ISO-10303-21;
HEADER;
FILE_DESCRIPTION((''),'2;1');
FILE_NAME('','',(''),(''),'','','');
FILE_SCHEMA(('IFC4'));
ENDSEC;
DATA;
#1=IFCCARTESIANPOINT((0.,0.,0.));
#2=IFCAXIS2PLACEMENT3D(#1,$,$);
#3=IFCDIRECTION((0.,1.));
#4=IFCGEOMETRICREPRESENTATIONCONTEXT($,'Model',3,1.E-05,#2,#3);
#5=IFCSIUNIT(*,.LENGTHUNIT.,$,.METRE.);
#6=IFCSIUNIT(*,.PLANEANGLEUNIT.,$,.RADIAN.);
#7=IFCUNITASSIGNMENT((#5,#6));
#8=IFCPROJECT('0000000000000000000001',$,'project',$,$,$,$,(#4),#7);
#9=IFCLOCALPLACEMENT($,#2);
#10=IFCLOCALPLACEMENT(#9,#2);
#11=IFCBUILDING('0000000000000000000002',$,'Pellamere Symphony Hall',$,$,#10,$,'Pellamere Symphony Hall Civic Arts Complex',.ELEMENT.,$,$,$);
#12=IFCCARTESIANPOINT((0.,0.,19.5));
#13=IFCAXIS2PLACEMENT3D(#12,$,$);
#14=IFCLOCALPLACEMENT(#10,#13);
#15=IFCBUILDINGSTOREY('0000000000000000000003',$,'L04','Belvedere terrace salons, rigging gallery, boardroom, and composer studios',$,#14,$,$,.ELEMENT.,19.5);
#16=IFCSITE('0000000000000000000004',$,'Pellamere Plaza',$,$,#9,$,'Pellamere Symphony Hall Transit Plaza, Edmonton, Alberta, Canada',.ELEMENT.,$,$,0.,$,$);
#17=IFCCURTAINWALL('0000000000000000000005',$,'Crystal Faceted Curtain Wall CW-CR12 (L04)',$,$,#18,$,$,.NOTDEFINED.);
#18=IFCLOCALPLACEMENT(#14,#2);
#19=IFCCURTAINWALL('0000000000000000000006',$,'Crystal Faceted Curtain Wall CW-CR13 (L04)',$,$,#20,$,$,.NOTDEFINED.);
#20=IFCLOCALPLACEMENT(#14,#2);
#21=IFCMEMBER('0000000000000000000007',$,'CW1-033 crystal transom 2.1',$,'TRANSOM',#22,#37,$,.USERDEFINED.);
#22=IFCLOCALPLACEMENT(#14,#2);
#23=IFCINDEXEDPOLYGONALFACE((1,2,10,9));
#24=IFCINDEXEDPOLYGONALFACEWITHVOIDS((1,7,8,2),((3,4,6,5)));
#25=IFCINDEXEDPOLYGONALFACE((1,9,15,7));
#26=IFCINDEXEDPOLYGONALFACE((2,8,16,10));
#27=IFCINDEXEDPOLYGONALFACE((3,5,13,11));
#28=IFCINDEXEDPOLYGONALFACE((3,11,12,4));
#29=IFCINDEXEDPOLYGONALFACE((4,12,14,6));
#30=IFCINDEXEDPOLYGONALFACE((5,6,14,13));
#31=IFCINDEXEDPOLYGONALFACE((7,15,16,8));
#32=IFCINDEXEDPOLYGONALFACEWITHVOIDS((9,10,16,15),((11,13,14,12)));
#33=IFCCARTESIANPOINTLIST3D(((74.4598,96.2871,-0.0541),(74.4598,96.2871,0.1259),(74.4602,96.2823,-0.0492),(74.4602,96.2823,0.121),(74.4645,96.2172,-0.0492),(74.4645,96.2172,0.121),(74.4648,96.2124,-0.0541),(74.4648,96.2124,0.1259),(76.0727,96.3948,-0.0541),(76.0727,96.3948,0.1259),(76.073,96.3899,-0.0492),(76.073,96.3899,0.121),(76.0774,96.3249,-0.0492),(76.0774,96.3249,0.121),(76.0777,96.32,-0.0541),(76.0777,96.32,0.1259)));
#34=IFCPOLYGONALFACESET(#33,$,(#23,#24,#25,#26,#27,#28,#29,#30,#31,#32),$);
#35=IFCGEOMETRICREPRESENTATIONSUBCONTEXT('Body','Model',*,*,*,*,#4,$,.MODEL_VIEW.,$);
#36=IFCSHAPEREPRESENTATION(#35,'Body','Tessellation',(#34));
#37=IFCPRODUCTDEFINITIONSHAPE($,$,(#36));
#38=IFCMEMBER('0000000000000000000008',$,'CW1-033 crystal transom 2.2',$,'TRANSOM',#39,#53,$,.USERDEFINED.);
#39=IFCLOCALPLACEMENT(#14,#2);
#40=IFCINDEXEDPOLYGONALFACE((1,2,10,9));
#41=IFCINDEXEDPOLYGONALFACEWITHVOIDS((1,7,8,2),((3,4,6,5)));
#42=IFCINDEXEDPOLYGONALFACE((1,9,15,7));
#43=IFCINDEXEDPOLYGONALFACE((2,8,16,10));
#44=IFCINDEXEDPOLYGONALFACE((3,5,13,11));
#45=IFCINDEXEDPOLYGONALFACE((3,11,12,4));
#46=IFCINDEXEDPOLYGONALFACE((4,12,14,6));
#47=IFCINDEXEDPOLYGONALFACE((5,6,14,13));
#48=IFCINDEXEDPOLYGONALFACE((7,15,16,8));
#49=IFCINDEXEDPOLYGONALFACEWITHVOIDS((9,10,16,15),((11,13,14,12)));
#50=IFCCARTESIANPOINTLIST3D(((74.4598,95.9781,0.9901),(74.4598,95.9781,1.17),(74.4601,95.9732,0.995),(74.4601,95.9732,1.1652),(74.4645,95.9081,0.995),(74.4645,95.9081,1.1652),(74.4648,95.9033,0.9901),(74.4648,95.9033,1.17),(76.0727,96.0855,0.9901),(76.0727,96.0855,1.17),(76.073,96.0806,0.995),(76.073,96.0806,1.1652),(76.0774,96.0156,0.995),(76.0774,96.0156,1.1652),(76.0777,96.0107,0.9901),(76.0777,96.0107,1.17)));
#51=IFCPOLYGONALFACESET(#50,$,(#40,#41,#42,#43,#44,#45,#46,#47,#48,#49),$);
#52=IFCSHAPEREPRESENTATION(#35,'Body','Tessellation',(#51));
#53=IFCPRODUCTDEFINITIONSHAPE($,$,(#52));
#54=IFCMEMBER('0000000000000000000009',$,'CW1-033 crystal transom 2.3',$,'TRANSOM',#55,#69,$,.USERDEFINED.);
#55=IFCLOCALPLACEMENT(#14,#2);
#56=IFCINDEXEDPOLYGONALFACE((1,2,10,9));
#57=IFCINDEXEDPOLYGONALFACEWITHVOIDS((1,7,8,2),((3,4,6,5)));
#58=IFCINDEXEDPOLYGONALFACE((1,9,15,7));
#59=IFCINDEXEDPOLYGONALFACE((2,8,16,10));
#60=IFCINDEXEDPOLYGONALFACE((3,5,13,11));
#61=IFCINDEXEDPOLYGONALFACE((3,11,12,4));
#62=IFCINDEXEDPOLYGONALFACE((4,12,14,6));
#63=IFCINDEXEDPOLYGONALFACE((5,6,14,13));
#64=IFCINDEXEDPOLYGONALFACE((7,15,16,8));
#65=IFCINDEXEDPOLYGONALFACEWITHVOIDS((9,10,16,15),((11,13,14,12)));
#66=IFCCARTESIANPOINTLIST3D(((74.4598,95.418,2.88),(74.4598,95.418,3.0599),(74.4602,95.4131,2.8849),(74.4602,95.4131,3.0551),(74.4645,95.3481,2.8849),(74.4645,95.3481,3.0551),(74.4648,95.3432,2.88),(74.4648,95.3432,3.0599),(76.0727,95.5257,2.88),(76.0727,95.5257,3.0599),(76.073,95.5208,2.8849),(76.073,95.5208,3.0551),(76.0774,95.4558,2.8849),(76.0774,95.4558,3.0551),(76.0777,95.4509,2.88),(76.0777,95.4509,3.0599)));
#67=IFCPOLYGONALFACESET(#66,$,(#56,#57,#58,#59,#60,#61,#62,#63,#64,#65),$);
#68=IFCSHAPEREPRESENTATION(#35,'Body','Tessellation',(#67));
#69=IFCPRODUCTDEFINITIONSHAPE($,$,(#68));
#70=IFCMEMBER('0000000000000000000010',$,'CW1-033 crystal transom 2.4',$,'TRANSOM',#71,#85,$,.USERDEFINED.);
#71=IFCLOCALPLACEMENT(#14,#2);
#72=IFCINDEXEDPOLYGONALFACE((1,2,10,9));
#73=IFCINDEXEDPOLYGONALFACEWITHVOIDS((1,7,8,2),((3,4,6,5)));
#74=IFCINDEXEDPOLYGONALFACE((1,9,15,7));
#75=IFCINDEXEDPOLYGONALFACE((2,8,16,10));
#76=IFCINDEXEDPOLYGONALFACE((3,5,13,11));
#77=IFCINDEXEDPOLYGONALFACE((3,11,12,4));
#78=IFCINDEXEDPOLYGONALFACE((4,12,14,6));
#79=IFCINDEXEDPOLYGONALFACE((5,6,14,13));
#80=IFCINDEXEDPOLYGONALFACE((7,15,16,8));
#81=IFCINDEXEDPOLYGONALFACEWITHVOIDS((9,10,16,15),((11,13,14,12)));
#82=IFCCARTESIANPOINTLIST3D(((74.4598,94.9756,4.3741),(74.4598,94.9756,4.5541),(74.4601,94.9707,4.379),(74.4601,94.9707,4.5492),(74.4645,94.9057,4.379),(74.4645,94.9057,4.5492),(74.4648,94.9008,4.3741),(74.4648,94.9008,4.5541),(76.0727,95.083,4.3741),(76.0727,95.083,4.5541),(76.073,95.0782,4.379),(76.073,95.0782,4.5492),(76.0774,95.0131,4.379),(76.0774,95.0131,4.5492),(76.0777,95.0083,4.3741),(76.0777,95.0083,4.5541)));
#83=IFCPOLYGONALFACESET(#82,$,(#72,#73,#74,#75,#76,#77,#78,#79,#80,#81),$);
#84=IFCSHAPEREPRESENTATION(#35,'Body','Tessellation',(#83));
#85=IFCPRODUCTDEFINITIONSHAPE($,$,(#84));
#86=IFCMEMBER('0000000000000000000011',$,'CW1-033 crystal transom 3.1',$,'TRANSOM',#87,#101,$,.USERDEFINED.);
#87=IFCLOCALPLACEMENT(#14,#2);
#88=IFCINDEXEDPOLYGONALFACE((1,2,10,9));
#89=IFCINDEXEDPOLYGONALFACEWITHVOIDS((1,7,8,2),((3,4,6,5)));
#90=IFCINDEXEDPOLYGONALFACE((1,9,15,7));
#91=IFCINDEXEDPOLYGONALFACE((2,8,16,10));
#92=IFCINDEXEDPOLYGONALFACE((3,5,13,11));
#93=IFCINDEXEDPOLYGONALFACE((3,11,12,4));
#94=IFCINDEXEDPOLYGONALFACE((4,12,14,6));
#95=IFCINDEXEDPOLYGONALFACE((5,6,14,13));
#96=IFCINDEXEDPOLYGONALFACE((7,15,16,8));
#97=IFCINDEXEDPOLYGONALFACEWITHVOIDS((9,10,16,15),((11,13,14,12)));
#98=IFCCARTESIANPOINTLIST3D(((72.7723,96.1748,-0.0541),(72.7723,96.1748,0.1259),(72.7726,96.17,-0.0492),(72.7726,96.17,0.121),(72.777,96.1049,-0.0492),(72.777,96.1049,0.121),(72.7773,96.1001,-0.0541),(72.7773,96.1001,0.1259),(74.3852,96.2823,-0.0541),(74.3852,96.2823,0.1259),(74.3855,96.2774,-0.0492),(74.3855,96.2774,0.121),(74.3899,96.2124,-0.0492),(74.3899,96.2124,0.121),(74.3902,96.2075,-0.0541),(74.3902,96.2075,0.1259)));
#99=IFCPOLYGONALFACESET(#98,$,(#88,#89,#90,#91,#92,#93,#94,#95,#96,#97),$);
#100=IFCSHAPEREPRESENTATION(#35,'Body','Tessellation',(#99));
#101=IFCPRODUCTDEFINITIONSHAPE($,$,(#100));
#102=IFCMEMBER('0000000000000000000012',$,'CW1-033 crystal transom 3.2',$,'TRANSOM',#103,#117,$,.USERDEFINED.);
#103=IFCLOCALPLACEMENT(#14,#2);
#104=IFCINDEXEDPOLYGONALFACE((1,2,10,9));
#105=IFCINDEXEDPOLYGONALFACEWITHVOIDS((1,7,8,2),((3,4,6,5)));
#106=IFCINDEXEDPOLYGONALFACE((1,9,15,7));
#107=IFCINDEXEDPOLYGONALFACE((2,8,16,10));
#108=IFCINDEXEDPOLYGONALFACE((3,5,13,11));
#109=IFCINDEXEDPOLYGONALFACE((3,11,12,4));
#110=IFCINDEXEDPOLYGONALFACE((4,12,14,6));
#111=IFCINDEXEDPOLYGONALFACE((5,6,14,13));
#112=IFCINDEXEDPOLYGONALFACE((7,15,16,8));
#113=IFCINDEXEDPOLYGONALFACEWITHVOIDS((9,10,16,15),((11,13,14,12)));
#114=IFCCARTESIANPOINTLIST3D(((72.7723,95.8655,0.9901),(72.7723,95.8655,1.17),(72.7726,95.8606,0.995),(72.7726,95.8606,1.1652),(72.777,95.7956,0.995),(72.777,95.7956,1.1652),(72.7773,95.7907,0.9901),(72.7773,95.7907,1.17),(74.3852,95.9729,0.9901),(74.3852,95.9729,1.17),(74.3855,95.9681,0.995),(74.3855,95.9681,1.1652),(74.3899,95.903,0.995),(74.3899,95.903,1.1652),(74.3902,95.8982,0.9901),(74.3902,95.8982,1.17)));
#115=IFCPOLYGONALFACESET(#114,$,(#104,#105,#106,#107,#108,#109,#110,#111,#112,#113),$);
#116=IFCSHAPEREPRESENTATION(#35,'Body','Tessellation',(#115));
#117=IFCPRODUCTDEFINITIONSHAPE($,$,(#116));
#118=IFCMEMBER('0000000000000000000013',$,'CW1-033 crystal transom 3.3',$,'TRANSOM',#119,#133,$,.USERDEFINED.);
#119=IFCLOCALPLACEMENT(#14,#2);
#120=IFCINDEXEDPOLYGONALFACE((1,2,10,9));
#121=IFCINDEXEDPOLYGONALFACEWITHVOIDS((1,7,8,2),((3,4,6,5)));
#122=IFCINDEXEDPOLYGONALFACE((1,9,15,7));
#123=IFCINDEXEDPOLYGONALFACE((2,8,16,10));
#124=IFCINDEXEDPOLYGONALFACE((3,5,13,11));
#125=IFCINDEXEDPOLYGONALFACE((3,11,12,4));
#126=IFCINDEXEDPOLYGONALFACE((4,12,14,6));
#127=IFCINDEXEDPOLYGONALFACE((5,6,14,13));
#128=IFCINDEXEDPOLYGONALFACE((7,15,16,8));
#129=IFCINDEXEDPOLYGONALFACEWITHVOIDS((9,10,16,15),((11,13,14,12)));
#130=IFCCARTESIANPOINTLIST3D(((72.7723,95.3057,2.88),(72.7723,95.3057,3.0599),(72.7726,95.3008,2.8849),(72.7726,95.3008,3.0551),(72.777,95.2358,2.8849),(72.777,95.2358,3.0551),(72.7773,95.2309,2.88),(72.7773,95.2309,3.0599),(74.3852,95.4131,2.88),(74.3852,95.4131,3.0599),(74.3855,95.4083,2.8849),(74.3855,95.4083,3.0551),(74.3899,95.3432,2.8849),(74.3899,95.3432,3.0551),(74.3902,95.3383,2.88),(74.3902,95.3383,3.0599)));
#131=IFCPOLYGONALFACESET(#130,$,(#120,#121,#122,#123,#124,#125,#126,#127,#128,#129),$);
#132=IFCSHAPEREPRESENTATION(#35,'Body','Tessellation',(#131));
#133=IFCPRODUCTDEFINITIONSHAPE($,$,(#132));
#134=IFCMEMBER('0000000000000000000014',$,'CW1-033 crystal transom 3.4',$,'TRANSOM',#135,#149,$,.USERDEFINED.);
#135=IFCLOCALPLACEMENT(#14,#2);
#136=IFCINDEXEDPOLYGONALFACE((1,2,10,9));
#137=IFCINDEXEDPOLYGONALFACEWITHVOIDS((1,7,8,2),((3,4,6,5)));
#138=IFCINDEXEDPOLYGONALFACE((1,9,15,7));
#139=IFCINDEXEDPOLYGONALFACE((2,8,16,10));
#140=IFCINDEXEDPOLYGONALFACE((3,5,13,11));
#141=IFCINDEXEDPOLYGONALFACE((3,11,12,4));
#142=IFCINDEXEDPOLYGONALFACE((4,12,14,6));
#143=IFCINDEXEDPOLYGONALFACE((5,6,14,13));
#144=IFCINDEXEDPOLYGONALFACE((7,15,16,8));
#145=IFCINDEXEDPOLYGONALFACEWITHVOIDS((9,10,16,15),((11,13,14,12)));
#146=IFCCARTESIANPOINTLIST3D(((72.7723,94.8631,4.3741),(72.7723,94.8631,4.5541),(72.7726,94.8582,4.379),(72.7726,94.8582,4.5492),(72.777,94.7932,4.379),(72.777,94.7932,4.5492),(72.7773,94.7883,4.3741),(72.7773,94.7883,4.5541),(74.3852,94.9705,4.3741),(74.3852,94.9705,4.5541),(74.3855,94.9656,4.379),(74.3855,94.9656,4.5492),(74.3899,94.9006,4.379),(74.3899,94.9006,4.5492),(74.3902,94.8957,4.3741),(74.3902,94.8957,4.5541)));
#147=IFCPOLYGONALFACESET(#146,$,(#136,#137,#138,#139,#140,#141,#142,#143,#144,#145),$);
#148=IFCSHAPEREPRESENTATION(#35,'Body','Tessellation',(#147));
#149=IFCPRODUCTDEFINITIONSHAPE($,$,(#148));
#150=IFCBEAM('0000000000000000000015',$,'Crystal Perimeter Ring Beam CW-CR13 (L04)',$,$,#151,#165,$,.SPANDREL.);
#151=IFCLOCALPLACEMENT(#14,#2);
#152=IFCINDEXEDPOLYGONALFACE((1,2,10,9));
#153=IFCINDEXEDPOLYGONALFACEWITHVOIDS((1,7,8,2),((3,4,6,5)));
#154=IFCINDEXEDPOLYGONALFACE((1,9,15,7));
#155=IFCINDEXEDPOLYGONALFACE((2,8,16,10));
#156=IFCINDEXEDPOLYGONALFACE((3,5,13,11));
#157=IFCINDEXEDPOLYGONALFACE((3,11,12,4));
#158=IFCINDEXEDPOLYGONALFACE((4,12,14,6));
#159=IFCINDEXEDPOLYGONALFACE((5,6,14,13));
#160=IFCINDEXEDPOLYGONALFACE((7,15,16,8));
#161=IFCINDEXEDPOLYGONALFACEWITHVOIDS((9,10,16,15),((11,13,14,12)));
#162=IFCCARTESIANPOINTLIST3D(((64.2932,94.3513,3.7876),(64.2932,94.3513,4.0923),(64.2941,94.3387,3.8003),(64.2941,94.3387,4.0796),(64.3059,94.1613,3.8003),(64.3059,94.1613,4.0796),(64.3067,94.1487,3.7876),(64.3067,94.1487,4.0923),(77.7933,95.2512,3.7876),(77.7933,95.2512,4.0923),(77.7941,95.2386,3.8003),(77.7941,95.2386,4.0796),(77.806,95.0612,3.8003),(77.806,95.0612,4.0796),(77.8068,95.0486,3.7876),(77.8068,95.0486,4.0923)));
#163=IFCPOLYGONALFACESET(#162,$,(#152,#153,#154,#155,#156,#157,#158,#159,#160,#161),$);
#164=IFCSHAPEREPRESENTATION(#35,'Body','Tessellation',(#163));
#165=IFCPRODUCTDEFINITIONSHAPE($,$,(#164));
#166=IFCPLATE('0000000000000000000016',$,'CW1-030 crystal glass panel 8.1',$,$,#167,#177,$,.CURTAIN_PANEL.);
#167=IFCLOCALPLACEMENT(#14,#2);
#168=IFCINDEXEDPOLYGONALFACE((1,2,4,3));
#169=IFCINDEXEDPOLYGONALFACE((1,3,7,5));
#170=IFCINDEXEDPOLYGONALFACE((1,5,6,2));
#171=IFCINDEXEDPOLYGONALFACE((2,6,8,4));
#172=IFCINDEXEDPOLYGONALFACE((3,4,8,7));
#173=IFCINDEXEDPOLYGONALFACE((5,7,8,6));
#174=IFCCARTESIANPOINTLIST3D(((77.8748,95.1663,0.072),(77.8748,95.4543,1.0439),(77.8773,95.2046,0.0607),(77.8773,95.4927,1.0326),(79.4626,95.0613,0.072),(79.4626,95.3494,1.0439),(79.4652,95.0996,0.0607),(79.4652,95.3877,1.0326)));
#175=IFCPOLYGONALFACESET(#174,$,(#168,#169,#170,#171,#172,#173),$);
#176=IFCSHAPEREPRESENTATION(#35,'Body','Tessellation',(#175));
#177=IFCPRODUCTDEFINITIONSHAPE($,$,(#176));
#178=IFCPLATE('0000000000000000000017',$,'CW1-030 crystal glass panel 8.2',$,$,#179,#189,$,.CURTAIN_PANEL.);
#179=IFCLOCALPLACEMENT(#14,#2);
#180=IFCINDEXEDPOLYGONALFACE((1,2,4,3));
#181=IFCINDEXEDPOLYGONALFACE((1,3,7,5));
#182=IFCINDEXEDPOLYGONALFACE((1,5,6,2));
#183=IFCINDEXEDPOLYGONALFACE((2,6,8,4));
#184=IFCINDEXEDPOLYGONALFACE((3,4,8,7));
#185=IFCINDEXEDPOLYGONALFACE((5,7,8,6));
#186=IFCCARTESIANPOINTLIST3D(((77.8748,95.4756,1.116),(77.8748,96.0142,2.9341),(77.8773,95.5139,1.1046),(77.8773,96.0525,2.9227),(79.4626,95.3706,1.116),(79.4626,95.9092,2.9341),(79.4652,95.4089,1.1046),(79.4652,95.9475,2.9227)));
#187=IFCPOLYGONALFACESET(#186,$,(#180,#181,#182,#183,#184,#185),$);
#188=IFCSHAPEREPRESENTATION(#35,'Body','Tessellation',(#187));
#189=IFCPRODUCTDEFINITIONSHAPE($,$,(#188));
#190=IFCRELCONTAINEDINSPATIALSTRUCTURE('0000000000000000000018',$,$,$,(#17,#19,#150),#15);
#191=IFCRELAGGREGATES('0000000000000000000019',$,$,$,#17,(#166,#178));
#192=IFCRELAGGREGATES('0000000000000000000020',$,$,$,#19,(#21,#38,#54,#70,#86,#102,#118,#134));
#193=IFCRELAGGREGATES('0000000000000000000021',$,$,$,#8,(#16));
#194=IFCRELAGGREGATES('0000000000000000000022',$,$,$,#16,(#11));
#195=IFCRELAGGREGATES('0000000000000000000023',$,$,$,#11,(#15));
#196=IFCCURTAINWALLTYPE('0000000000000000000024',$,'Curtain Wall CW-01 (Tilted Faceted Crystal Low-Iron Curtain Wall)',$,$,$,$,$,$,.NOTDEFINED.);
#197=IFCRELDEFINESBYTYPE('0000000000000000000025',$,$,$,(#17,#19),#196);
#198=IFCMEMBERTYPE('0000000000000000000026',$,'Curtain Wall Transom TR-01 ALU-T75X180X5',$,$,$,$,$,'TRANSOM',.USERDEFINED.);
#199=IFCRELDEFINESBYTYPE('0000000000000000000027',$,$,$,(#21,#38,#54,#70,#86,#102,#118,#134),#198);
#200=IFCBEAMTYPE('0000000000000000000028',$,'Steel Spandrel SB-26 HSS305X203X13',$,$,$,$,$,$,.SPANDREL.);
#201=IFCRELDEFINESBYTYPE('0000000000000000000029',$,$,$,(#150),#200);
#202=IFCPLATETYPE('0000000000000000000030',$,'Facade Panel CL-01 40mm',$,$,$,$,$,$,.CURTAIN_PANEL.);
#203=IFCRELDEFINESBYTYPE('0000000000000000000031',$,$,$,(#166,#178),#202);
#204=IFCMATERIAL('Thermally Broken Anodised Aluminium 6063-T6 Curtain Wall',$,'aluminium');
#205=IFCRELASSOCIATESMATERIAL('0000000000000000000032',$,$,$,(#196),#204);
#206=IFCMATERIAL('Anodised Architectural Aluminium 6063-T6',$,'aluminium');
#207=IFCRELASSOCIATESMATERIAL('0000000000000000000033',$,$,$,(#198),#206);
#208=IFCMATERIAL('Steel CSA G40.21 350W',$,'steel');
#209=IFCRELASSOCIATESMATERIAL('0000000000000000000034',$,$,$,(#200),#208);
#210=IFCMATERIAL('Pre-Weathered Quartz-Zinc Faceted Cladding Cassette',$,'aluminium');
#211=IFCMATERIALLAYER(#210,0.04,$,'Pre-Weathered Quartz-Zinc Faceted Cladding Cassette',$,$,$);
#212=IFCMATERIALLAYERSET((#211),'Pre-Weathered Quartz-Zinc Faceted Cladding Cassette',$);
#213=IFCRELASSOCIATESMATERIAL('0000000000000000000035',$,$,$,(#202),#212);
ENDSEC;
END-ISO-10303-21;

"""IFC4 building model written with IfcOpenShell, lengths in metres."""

from ifc_helpers import new_model, si_unit, direction, frame, origin, origin_2d, place, context, subcontext, project, spatial, polyline, hollow_rectangle, outline, extrude, material, layer, layer_set, material_profile, profile_set, type_object, element, aggregate, save


model = new_model("IFC4")

# Units and contexts
model_context = context("Model", 3, precision=1e-05, world=origin(), true_north=direction((0.0, 1.0)))
body_context = subcontext(model_context, "Body", "Model", "MODEL_VIEW")
ifc_project = project(units=[si_unit("LENGTHUNIT", "METRE"), si_unit("PLANEANGLEUNIT", "RADIAN")], contexts=[model_context])

# Site, building, storey
site_placement = place(None, origin())
site = spatial("IfcSite", under=ifc_project, at=site_placement, Name="Pellamere Plaza", LongName="Pellamere Symphony Hall Transit Plaza, Edmonton, Alberta, Canada", CompositionType="ELEMENT", RefElevation=0.0)
building_placement = place(site_placement, origin())
building = spatial("IfcBuilding", under=site, at=building_placement, Name="Pellamere Symphony Hall", LongName="Pellamere Symphony Hall Civic Arts Complex", CompositionType="ELEMENT")
storey_placement = place(building_placement, frame((0.0, 0.0, 19.5)))
storey = spatial("IfcBuildingStorey", under=building, at=storey_placement, Name="L04", Description="Belvedere terrace salons, rigging gallery, boardroom, and composer studios", CompositionType="ELEMENT", Elevation=19.5)

# Curtain wall
ifc_material_1 = material(Name="Thermally Broken Anodised Aluminium 6063-T6 Curtain Wall", Category="aluminium")
curtain_wall_type = type_object("IfcCurtainWallType", Name="Curtain Wall CW-01 (Tilted Faceted Crystal Low-Iron Curtain Wall)", PredefinedType="NOTDEFINED", material=ifc_material_1)
curtain_wall_1_placement = place(storey_placement, origin())
curtain_wall_1 = element("IfcCurtainWall", 1, at=curtain_wall_1_placement, inside=storey, type_object=curtain_wall_type, Name="Crystal Faceted Curtain Wall CW-CR12 (L04)", PredefinedType="NOTDEFINED")
ifc_material_2 = material(Name="Anodised Architectural Aluminium 6063-T6", Category="aluminium")

# Curtain wall
curtain_wall_2_placement = place(storey_placement, origin())
curtain_wall_2 = element("IfcCurtainWall", 2, at=curtain_wall_2_placement, inside=storey, type_object=curtain_wall_type, Name="Crystal Faceted Curtain Wall CW-CR13 (L04)", PredefinedType="NOTDEFINED")

# Members
ifc_material_profile_1 = material_profile(ifc_material_2, hollow_rectangle(XDim=0.075, YDim=0.1799, WallThickness=0.0049, at=origin_2d()), Name="ALU-T75X180X5")
ifc_profile_set_1 = profile_set([ifc_material_profile_1], Name="Anodised Architectural Aluminium 6063-T6")
member_type_1 = type_object("IfcMemberType", Name="Curtain Wall Transom TR-01 ALU-T75X180X5", ElementType="TRANSOM", PredefinedType="USERDEFINED", material=ifc_profile_set_1)
member_1_placement = place(storey_placement, frame((76.0752, 96.3574, 0.0359), z_axis=(-0.997779, -0.066609, 0.0), x_axis=(0.066609, -0.997779, 0.0)))
member_1 = element("IfcMember", 3, at=member_1_placement, type_object=member_type_1, Name="CW1-033 crystal transom 2.1", ObjectType="TRANSOM", PredefinedType="USERDEFINED", context=body_context, shape_type="SweptSolid", body=[
    extrude(hollow_rectangle(XDim=0.075, YDim=0.1799, WallThickness=0.0049, at=origin_2d()), origin(), (0.0, 0.0, 1.0), 1.6165),
])
member_2_placement = place(storey_placement, frame((76.0752, 96.0481, 1.0801), z_axis=(-0.997789, -0.066459, 0.0), x_axis=(0.066459, -0.997789, 0.0)))
member_2 = element("IfcMember", 4, at=member_2_placement, type_object=member_type_1, Name="CW1-033 crystal transom 2.2", ObjectType="TRANSOM", PredefinedType="USERDEFINED", context=body_context, shape_type="SweptSolid", body=[
    extrude(hollow_rectangle(XDim=0.075, YDim=0.1799, WallThickness=0.0049, at=origin_2d()), origin(), (0.0, 0.0, 1.0), 1.6165),
])
member_3_placement = place(storey_placement, frame((76.0752, 95.4883, 2.97), z_axis=(-0.997779, -0.066609, 0.0), x_axis=(0.066609, -0.997779, 0.0)))
member_3 = element("IfcMember", 5, at=member_3_placement, type_object=member_type_1, Name="CW1-033 crystal transom 2.3", ObjectType="TRANSOM", PredefinedType="USERDEFINED", context=body_context, shape_type="SweptSolid", body=[
    extrude(hollow_rectangle(XDim=0.075, YDim=0.1799, WallThickness=0.0049, at=origin_2d()), origin(), (0.0, 0.0, 1.0), 1.6165),
])
member_4_placement = place(storey_placement, frame((76.0752, 95.0457, 4.4641), z_axis=(-0.997789, -0.066459, 0.0), x_axis=(0.066459, -0.997789, 0.0)))
member_4 = element("IfcMember", 6, at=member_4_placement, type_object=member_type_1, Name="CW1-033 crystal transom 2.4", ObjectType="TRANSOM", PredefinedType="USERDEFINED", context=body_context, shape_type="SweptSolid", body=[
    extrude(hollow_rectangle(XDim=0.075, YDim=0.1799, WallThickness=0.0049, at=origin_2d()), origin(), (0.0, 0.0, 1.0), 1.6165),
])
member_5_placement = place(storey_placement, frame((74.3877, 96.2449, 0.0359), z_axis=(-0.997789, -0.066459, 0.0), x_axis=(0.066459, -0.997789, 0.0)))
member_5 = element("IfcMember", 7, at=member_5_placement, type_object=member_type_1, Name="CW1-033 crystal transom 3.1", ObjectType="TRANSOM", PredefinedType="USERDEFINED", context=body_context, shape_type="SweptSolid", body=[
    extrude(hollow_rectangle(XDim=0.075, YDim=0.1799, WallThickness=0.0049, at=origin_2d()), origin(), (0.0, 0.0, 1.0), 1.6165),
])
member_6_placement = place(storey_placement, frame((74.3877, 95.9355, 1.0801), z_axis=(-0.997789, -0.066459, 0.0), x_axis=(0.066459, -0.997789, 0.0)))
member_6 = element("IfcMember", 8, at=member_6_placement, type_object=member_type_1, Name="CW1-033 crystal transom 3.2", ObjectType="TRANSOM", PredefinedType="USERDEFINED", context=body_context, shape_type="SweptSolid", body=[
    extrude(hollow_rectangle(XDim=0.075, YDim=0.1799, WallThickness=0.0049, at=origin_2d()), origin(), (0.0, 0.0, 1.0), 1.6165),
])
member_7_placement = place(storey_placement, frame((74.3877, 95.3757, 2.97), z_axis=(-0.997789, -0.066459, 0.0), x_axis=(0.066459, -0.997789, 0.0)))
member_7 = element("IfcMember", 9, at=member_7_placement, type_object=member_type_1, Name="CW1-033 crystal transom 3.3", ObjectType="TRANSOM", PredefinedType="USERDEFINED", context=body_context, shape_type="SweptSolid", body=[
    extrude(hollow_rectangle(XDim=0.075, YDim=0.1799, WallThickness=0.0049, at=origin_2d()), origin(), (0.0, 0.0, 1.0), 1.6165),
])
member_8_placement = place(storey_placement, frame((74.3877, 94.9331, 4.4641), z_axis=(-0.997789, -0.066459, 0.0), x_axis=(0.066459, -0.997789, 0.0)))
member_8 = element("IfcMember", 10, at=member_8_placement, type_object=member_type_1, Name="CW1-033 crystal transom 3.4", ObjectType="TRANSOM", PredefinedType="USERDEFINED", context=body_context, shape_type="SweptSolid", body=[
    extrude(hollow_rectangle(XDim=0.075, YDim=0.1799, WallThickness=0.0049, at=origin_2d()), origin(), (0.0, 0.0, 1.0), 1.6165),
])

# Beam
ifc_material_3 = material(Name="Steel CSA G40.21 350W", Category="steel")
ifc_material_profile_2 = material_profile(ifc_material_3, hollow_rectangle(XDim=0.2031, YDim=0.3047, WallThickness=0.0127, at=origin_2d()), Name="HSS305X203X13")
ifc_profile_set_2 = profile_set([ifc_material_profile_2], Name="Steel CSA G40.21 350W")
beam_type = type_object("IfcBeamType", Name="Steel Spandrel SB-26 HSS305X203X13", PredefinedType="SPANDREL", material=ifc_profile_set_2)
beam_placement = place(storey_placement, frame((77.8, 95.1499, 3.9399), z_axis=(-0.997786, -0.066512, 0.0), x_axis=(0.066512, -0.997786, 0.0)))
element("IfcBeam", 11, at=beam_placement, inside=storey, type_object=beam_type, Name="Crystal Perimeter Ring Beam CW-CR13 (L04)", PredefinedType="SPANDREL", context=body_context, shape_type="SweptSolid", body=[
    extrude(hollow_rectangle(XDim=0.2031, YDim=0.3047, WallThickness=0.0127, at=origin_2d()), origin(), (0.0, 0.0, 1.0), 13.53),
])

# Plates
ifc_material_4 = material(Name="Pre-Weathered Quartz-Zinc Faceted Cladding Cassette", Category="aluminium")
ifc_layer_1 = layer(ifc_material_4, 0.04, Name="Pre-Weathered Quartz-Zinc Faceted Cladding Cassette")
ifc_layer_set_1 = layer_set([ifc_layer_1], Name="Pre-Weathered Quartz-Zinc Faceted Cladding Cassette")
plate_type_1 = type_object("IfcPlateType", Name="Facade Panel CL-01 40mm", PredefinedType="CURTAIN_PANEL", material=ifc_layer_set_1)
plate_1_placement = place(storey_placement, frame((79.4626, 95.0613, 0.072), z_axis=(-0.06326, -0.956849, 0.283618), x_axis=(-0.997822, 0.065969, 0.0)))
plate_1 = element("IfcPlate", 12, at=plate_1_placement, type_object=plate_type_1, Name="CW1-030 crystal glass panel 8.1", PredefinedType="CURTAIN_PANEL", context=body_context, shape_type="SweptSolid", body=[
    extrude(outline(polyline([(0.0, 0.0), (1.5914, 0.0), (1.6104, -1.0135), (0.019, -1.0135), (0.0, 0.0)])), origin(), (0.0, 0.0, -1.0), 0.04),
])
plate_2_placement = place(storey_placement, frame((79.4626, 95.3706, 1.116), z_axis=(-0.063263, -0.956896, 0.283458), x_axis=(-0.997822, 0.065969, 0.0)))
plate_2 = element("IfcPlate", 13, at=plate_2_placement, type_object=plate_type_1, Name="CW1-030 crystal glass panel 8.2", PredefinedType="CURTAIN_PANEL", context=body_context, shape_type="SweptSolid", body=[
    extrude(outline(polyline([(0.0, 0.0), (1.5914, 0.0), (1.6269, -1.8959), (0.0355, -1.8959), (0.0, 0.0)])), origin(), (0.0, 0.0, -1.0), 0.04),
])
aggregate(curtain_wall_1, [plate_1, plate_2])
aggregate(curtain_wall_2, [member_1, member_2, member_3, member_4, member_5, member_6, member_7, member_8])

save(model, "model.ifc")
